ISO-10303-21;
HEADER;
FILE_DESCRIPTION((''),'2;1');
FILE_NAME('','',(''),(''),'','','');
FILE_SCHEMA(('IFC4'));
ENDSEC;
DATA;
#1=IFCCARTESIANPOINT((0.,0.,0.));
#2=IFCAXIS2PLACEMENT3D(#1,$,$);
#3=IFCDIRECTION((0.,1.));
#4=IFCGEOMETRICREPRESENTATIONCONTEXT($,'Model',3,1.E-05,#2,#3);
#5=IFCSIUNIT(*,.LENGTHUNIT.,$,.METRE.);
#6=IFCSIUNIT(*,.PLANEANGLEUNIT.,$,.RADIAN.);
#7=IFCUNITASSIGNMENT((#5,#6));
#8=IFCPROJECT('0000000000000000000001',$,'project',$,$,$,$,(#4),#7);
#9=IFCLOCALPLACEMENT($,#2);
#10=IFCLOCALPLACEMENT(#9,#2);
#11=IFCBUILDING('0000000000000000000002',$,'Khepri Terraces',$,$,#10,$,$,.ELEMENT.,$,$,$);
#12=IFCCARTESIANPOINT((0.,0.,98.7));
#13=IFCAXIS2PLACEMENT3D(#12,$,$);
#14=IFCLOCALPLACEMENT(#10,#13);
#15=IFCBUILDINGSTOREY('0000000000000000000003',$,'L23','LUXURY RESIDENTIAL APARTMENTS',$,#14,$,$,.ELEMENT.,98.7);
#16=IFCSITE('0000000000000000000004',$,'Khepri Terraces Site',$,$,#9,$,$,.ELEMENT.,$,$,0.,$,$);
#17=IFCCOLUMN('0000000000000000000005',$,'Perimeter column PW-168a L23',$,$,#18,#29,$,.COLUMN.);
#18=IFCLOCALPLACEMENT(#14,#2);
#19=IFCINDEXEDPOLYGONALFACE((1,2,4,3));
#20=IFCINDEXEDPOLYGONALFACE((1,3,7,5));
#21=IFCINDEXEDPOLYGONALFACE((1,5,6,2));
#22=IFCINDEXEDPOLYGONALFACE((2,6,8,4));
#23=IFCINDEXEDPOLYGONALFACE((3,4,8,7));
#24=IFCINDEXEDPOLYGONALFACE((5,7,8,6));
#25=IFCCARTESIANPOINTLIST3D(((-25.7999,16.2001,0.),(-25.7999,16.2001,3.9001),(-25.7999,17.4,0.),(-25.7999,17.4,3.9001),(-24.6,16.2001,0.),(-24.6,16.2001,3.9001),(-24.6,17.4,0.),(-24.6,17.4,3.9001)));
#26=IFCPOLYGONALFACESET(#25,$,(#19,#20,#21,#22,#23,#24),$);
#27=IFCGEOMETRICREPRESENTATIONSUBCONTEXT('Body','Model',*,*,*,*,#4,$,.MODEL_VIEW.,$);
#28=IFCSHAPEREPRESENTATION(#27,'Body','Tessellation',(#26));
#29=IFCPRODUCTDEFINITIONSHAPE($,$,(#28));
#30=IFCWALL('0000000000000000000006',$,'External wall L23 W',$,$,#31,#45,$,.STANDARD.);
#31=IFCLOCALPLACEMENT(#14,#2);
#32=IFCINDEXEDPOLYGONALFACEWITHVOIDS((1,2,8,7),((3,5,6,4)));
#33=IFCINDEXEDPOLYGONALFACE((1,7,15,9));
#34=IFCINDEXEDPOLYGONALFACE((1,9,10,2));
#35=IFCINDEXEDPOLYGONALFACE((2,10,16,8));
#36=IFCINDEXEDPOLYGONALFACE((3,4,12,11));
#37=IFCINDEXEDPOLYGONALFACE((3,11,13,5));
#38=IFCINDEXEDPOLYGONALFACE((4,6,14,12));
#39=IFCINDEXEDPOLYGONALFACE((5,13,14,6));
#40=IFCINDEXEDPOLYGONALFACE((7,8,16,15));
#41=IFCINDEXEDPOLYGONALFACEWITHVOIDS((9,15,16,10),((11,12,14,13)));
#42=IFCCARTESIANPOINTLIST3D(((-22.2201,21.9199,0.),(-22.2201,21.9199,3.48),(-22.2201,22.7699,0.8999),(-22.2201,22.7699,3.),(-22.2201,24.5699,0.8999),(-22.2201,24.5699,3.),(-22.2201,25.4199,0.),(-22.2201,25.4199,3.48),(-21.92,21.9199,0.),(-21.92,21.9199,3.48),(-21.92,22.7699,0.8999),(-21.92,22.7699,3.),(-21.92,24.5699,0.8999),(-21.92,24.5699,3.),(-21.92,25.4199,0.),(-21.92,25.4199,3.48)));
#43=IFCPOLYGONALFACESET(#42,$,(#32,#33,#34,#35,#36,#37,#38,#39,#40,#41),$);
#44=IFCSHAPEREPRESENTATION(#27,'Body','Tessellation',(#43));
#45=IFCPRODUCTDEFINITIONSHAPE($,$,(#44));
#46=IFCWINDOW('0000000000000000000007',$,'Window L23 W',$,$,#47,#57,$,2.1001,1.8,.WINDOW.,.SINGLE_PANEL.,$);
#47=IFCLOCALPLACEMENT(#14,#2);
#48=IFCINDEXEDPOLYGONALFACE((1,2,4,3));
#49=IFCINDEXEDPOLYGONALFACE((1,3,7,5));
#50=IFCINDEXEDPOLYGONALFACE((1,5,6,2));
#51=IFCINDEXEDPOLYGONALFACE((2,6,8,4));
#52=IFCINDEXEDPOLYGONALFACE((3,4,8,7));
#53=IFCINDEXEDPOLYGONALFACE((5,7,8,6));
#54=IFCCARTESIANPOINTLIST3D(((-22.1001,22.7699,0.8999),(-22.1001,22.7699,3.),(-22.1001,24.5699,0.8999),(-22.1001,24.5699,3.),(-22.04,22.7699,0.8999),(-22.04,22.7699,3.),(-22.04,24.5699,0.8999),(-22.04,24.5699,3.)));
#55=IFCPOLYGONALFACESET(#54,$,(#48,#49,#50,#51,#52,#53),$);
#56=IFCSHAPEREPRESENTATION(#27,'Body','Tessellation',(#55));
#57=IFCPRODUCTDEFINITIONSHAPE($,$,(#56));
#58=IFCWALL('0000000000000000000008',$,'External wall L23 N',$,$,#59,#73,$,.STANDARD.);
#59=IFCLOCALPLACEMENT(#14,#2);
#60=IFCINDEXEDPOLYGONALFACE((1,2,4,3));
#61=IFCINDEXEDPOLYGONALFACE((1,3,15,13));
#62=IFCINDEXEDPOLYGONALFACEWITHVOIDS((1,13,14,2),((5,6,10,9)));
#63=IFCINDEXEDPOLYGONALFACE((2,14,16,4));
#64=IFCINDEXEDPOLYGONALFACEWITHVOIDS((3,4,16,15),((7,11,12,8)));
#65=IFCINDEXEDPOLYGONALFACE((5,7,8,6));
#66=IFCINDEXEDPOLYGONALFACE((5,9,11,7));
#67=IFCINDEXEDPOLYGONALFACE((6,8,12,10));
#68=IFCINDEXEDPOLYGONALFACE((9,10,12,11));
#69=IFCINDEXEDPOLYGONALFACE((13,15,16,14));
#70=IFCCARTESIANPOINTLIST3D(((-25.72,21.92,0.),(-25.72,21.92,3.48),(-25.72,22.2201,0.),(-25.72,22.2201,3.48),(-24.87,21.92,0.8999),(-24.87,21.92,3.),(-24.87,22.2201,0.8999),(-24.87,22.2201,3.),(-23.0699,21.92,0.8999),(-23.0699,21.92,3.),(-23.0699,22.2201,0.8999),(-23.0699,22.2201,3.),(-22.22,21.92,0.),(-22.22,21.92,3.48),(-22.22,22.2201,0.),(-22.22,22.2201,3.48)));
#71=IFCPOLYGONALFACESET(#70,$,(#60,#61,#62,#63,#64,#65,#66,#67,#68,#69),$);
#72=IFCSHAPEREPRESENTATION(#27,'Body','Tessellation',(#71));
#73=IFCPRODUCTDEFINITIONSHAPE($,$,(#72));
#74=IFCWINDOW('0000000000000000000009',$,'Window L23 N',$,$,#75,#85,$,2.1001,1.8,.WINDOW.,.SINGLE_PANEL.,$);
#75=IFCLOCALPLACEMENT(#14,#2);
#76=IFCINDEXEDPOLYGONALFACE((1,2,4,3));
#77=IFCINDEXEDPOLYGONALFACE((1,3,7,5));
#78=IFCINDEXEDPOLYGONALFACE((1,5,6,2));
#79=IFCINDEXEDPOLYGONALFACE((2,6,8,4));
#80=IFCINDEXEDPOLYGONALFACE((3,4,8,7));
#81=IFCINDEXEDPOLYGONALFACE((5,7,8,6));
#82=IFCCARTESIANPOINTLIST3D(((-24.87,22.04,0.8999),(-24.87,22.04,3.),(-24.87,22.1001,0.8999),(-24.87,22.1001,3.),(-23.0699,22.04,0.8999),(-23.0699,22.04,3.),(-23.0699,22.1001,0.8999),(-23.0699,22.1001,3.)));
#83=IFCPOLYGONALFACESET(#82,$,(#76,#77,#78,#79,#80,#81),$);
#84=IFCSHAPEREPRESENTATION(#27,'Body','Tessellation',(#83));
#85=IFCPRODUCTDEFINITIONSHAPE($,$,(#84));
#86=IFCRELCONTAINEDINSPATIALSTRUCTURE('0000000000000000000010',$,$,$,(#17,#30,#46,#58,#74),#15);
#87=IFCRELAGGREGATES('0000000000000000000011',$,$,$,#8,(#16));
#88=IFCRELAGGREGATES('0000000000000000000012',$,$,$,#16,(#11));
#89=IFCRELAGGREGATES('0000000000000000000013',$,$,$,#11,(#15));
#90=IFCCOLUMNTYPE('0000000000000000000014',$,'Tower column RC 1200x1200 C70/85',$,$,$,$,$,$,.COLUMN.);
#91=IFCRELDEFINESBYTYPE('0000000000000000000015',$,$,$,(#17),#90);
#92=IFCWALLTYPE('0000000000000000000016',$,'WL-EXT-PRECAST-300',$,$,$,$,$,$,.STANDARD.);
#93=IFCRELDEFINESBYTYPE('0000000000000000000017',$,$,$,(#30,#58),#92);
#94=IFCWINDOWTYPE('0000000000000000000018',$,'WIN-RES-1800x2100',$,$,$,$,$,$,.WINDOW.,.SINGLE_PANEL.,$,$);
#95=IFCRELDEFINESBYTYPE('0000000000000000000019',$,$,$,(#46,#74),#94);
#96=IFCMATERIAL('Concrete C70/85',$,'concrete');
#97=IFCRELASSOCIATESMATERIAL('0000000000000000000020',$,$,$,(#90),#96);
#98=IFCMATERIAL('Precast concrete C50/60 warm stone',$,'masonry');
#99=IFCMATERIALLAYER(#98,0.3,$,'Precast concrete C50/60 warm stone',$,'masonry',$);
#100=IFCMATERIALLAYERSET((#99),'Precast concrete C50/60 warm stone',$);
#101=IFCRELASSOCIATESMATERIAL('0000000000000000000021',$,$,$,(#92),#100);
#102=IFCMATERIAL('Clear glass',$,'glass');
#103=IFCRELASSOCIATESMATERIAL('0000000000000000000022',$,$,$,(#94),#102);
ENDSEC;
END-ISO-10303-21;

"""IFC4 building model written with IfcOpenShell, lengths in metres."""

from ifc_helpers import new_model, si_unit, direction, frame, frame_2d, origin, origin_2d, place, context, subcontext, project, spatial, rectangle, extrude, material, layer, layer_set, material_profile, profile_set, type_object, element, fill, save


model = new_model("IFC4")

# Units and contexts
model_context = context("Model", 3, precision=1e-05, world=origin(), true_north=direction((0.0, 1.0)))
body_context = subcontext(model_context, "Body", "Model", "MODEL_VIEW")
ifc_project = project(units=[si_unit("LENGTHUNIT", "METRE"), si_unit("PLANEANGLEUNIT", "RADIAN")], contexts=[model_context])

# Site, building, storey
site_placement = place(None, origin())
site = spatial("IfcSite", under=ifc_project, at=site_placement, Name="Khepri Terraces Site", CompositionType="ELEMENT", RefElevation=0.0)
building_placement = place(site_placement, origin())
building = spatial("IfcBuilding", under=site, at=building_placement, Name="Khepri Terraces", CompositionType="ELEMENT")
storey_placement = place(building_placement, frame((0.0, 0.0, 98.7)))
storey = spatial("IfcBuildingStorey", under=building, at=storey_placement, Name="L23", Description="LUXURY RESIDENTIAL APARTMENTS", CompositionType="ELEMENT", Elevation=98.7)

# Column
ifc_material_1 = material(Name="Concrete C70/85", Category="concrete")
ifc_material_profile = material_profile(ifc_material_1, rectangle(XDim=1.2, YDim=1.2, at=origin_2d()), Name="Concrete C70/85", Category="concrete")
ifc_profile_set = profile_set([ifc_material_profile], Name="Concrete C70/85")
column_type = type_object("IfcColumnType", Name="Tower column RC 1200x1200 C70/85", PredefinedType="COLUMN", material=ifc_profile_set)
column_placement = place(storey_placement, frame((-25.2, 16.8, 0.0), z_axis=(0.0, 0.0, 1.0), x_axis=(1.0, 0.0, 0.0)))
element("IfcColumn", 1, at=column_placement, inside=storey, type_object=column_type, Name="Perimeter column PW-168a L23", PredefinedType="COLUMN", context=body_context, shape_type="SweptSolid", body=[
    extrude(rectangle(XDim=1.2, YDim=1.2, at=origin_2d()), origin(), (0.0, 0.0, 1.0), 3.9001),
])

# Walls, openings, windows
ifc_material_2 = material(Name="Precast concrete C50/60 warm stone", Category="masonry")
ifc_layer = layer(ifc_material_2, 0.3, Name="Precast concrete C50/60 warm stone", Category="masonry")
ifc_layer_set = layer_set([ifc_layer], Name="Precast concrete C50/60 warm stone")
wall_type = type_object("IfcWallType", Name="WL-EXT-PRECAST-300", PredefinedType="STANDARD", material=ifc_layer_set)
wall_1_placement = place(storey_placement, frame((-22.0701, 25.4199, 0.0), z_axis=(0.0, 0.0, 1.0), x_axis=(0.0, -1.0, 0.0)))
wall_1 = element("IfcWall", 2, at=wall_1_placement, inside=storey, type_object=wall_type, Name="External wall L23 W", PredefinedType="STANDARD", context=body_context, shape_type="SweptSolid", body=[
    extrude(rectangle(XDim=3.5, YDim=0.3, at=frame_2d((1.75, 0.0))), origin(), (0.0, 0.0, 1.0), 3.48),
])
opening_1_placement = place(wall_1_placement, frame((0.8501, 0.0, 0.8999)))
opening_1 = element("IfcOpeningElement", 3, at=opening_1_placement, cuts=wall_1, PredefinedType="OPENING", context=body_context, shape_type="SweptSolid", body=[
    extrude(rectangle(XDim=1.8, YDim=2.1001, at=frame_2d((0.8999, 1.05))), frame((0.0, 0.1602, 0.0), z_axis=(0.0, -1.0, 0.0), x_axis=(1.0, 0.0, 0.0)), (0.0, 0.0, 1.0), 0.3201),
])
ifc_material_3 = material(Name="Clear glass", Category="glass")
window_type = type_object("IfcWindowType", Name="WIN-RES-1800x2100", PartitioningType="SINGLE_PANEL", PredefinedType="WINDOW", material=ifc_material_3)
window_1_placement = place(opening_1_placement, origin())
window_1 = element("IfcWindow", 4, at=window_1_placement, inside=storey, type_object=window_type, Name="Window L23 W", OverallHeight=2.1001, OverallWidth=1.8, PartitioningType="SINGLE_PANEL", PredefinedType="WINDOW", context=body_context, shape_type="SweptSolid", body=[
    extrude(rectangle(XDim=1.8, YDim=2.1001, at=frame_2d((0.8999, 1.05))), frame((0.0, 0.03, 0.0), z_axis=(0.0, -1.0, 0.0), x_axis=(1.0, 0.0, 0.0)), (0.0, 0.0, 1.0), 0.0601),
])
fill(opening_1, window_1)
wall_2_placement = place(storey_placement, frame((-22.22, 22.0701, 0.0), z_axis=(0.0, 0.0, 1.0), x_axis=(-1.0, 0.0, 0.0)))
wall_2 = element("IfcWall", 5, at=wall_2_placement, inside=storey, type_object=wall_type, Name="External wall L23 N", PredefinedType="STANDARD", context=body_context, shape_type="SweptSolid", body=[
    extrude(rectangle(XDim=3.5, YDim=0.3, at=frame_2d((1.75, 0.0))), origin(), (0.0, 0.0, 1.0), 3.48),
])
opening_2_placement = place(wall_2_placement, frame((0.8501, 0.0, 0.8999)))
opening_2 = element("IfcOpeningElement", 6, at=opening_2_placement, cuts=wall_2, PredefinedType="OPENING", context=body_context, shape_type="SweptSolid", body=[
    extrude(rectangle(XDim=1.8, YDim=2.1001, at=frame_2d((0.8999, 1.05))), frame((0.0, 0.1602, 0.0), z_axis=(0.0, -1.0, 0.0), x_axis=(1.0, 0.0, 0.0)), (0.0, 0.0, 1.0), 0.3201),
])
window_2_placement = place(opening_2_placement, origin())
window_2 = element("IfcWindow", 7, at=window_2_placement, inside=storey, type_object=window_type, Name="Window L23 N", OverallHeight=2.1001, OverallWidth=1.8, PartitioningType="SINGLE_PANEL", PredefinedType="WINDOW", context=body_context, shape_type="SweptSolid", body=[
    extrude(rectangle(XDim=1.8, YDim=2.1001, at=frame_2d((0.8999, 1.05))), frame((0.0, 0.03, 0.0), z_axis=(0.0, -1.0, 0.0), x_axis=(1.0, 0.0, 0.0)), (0.0, 0.0, 1.0), 0.0601),
])
fill(opening_2, window_2)

save(model, "model.ifc")
